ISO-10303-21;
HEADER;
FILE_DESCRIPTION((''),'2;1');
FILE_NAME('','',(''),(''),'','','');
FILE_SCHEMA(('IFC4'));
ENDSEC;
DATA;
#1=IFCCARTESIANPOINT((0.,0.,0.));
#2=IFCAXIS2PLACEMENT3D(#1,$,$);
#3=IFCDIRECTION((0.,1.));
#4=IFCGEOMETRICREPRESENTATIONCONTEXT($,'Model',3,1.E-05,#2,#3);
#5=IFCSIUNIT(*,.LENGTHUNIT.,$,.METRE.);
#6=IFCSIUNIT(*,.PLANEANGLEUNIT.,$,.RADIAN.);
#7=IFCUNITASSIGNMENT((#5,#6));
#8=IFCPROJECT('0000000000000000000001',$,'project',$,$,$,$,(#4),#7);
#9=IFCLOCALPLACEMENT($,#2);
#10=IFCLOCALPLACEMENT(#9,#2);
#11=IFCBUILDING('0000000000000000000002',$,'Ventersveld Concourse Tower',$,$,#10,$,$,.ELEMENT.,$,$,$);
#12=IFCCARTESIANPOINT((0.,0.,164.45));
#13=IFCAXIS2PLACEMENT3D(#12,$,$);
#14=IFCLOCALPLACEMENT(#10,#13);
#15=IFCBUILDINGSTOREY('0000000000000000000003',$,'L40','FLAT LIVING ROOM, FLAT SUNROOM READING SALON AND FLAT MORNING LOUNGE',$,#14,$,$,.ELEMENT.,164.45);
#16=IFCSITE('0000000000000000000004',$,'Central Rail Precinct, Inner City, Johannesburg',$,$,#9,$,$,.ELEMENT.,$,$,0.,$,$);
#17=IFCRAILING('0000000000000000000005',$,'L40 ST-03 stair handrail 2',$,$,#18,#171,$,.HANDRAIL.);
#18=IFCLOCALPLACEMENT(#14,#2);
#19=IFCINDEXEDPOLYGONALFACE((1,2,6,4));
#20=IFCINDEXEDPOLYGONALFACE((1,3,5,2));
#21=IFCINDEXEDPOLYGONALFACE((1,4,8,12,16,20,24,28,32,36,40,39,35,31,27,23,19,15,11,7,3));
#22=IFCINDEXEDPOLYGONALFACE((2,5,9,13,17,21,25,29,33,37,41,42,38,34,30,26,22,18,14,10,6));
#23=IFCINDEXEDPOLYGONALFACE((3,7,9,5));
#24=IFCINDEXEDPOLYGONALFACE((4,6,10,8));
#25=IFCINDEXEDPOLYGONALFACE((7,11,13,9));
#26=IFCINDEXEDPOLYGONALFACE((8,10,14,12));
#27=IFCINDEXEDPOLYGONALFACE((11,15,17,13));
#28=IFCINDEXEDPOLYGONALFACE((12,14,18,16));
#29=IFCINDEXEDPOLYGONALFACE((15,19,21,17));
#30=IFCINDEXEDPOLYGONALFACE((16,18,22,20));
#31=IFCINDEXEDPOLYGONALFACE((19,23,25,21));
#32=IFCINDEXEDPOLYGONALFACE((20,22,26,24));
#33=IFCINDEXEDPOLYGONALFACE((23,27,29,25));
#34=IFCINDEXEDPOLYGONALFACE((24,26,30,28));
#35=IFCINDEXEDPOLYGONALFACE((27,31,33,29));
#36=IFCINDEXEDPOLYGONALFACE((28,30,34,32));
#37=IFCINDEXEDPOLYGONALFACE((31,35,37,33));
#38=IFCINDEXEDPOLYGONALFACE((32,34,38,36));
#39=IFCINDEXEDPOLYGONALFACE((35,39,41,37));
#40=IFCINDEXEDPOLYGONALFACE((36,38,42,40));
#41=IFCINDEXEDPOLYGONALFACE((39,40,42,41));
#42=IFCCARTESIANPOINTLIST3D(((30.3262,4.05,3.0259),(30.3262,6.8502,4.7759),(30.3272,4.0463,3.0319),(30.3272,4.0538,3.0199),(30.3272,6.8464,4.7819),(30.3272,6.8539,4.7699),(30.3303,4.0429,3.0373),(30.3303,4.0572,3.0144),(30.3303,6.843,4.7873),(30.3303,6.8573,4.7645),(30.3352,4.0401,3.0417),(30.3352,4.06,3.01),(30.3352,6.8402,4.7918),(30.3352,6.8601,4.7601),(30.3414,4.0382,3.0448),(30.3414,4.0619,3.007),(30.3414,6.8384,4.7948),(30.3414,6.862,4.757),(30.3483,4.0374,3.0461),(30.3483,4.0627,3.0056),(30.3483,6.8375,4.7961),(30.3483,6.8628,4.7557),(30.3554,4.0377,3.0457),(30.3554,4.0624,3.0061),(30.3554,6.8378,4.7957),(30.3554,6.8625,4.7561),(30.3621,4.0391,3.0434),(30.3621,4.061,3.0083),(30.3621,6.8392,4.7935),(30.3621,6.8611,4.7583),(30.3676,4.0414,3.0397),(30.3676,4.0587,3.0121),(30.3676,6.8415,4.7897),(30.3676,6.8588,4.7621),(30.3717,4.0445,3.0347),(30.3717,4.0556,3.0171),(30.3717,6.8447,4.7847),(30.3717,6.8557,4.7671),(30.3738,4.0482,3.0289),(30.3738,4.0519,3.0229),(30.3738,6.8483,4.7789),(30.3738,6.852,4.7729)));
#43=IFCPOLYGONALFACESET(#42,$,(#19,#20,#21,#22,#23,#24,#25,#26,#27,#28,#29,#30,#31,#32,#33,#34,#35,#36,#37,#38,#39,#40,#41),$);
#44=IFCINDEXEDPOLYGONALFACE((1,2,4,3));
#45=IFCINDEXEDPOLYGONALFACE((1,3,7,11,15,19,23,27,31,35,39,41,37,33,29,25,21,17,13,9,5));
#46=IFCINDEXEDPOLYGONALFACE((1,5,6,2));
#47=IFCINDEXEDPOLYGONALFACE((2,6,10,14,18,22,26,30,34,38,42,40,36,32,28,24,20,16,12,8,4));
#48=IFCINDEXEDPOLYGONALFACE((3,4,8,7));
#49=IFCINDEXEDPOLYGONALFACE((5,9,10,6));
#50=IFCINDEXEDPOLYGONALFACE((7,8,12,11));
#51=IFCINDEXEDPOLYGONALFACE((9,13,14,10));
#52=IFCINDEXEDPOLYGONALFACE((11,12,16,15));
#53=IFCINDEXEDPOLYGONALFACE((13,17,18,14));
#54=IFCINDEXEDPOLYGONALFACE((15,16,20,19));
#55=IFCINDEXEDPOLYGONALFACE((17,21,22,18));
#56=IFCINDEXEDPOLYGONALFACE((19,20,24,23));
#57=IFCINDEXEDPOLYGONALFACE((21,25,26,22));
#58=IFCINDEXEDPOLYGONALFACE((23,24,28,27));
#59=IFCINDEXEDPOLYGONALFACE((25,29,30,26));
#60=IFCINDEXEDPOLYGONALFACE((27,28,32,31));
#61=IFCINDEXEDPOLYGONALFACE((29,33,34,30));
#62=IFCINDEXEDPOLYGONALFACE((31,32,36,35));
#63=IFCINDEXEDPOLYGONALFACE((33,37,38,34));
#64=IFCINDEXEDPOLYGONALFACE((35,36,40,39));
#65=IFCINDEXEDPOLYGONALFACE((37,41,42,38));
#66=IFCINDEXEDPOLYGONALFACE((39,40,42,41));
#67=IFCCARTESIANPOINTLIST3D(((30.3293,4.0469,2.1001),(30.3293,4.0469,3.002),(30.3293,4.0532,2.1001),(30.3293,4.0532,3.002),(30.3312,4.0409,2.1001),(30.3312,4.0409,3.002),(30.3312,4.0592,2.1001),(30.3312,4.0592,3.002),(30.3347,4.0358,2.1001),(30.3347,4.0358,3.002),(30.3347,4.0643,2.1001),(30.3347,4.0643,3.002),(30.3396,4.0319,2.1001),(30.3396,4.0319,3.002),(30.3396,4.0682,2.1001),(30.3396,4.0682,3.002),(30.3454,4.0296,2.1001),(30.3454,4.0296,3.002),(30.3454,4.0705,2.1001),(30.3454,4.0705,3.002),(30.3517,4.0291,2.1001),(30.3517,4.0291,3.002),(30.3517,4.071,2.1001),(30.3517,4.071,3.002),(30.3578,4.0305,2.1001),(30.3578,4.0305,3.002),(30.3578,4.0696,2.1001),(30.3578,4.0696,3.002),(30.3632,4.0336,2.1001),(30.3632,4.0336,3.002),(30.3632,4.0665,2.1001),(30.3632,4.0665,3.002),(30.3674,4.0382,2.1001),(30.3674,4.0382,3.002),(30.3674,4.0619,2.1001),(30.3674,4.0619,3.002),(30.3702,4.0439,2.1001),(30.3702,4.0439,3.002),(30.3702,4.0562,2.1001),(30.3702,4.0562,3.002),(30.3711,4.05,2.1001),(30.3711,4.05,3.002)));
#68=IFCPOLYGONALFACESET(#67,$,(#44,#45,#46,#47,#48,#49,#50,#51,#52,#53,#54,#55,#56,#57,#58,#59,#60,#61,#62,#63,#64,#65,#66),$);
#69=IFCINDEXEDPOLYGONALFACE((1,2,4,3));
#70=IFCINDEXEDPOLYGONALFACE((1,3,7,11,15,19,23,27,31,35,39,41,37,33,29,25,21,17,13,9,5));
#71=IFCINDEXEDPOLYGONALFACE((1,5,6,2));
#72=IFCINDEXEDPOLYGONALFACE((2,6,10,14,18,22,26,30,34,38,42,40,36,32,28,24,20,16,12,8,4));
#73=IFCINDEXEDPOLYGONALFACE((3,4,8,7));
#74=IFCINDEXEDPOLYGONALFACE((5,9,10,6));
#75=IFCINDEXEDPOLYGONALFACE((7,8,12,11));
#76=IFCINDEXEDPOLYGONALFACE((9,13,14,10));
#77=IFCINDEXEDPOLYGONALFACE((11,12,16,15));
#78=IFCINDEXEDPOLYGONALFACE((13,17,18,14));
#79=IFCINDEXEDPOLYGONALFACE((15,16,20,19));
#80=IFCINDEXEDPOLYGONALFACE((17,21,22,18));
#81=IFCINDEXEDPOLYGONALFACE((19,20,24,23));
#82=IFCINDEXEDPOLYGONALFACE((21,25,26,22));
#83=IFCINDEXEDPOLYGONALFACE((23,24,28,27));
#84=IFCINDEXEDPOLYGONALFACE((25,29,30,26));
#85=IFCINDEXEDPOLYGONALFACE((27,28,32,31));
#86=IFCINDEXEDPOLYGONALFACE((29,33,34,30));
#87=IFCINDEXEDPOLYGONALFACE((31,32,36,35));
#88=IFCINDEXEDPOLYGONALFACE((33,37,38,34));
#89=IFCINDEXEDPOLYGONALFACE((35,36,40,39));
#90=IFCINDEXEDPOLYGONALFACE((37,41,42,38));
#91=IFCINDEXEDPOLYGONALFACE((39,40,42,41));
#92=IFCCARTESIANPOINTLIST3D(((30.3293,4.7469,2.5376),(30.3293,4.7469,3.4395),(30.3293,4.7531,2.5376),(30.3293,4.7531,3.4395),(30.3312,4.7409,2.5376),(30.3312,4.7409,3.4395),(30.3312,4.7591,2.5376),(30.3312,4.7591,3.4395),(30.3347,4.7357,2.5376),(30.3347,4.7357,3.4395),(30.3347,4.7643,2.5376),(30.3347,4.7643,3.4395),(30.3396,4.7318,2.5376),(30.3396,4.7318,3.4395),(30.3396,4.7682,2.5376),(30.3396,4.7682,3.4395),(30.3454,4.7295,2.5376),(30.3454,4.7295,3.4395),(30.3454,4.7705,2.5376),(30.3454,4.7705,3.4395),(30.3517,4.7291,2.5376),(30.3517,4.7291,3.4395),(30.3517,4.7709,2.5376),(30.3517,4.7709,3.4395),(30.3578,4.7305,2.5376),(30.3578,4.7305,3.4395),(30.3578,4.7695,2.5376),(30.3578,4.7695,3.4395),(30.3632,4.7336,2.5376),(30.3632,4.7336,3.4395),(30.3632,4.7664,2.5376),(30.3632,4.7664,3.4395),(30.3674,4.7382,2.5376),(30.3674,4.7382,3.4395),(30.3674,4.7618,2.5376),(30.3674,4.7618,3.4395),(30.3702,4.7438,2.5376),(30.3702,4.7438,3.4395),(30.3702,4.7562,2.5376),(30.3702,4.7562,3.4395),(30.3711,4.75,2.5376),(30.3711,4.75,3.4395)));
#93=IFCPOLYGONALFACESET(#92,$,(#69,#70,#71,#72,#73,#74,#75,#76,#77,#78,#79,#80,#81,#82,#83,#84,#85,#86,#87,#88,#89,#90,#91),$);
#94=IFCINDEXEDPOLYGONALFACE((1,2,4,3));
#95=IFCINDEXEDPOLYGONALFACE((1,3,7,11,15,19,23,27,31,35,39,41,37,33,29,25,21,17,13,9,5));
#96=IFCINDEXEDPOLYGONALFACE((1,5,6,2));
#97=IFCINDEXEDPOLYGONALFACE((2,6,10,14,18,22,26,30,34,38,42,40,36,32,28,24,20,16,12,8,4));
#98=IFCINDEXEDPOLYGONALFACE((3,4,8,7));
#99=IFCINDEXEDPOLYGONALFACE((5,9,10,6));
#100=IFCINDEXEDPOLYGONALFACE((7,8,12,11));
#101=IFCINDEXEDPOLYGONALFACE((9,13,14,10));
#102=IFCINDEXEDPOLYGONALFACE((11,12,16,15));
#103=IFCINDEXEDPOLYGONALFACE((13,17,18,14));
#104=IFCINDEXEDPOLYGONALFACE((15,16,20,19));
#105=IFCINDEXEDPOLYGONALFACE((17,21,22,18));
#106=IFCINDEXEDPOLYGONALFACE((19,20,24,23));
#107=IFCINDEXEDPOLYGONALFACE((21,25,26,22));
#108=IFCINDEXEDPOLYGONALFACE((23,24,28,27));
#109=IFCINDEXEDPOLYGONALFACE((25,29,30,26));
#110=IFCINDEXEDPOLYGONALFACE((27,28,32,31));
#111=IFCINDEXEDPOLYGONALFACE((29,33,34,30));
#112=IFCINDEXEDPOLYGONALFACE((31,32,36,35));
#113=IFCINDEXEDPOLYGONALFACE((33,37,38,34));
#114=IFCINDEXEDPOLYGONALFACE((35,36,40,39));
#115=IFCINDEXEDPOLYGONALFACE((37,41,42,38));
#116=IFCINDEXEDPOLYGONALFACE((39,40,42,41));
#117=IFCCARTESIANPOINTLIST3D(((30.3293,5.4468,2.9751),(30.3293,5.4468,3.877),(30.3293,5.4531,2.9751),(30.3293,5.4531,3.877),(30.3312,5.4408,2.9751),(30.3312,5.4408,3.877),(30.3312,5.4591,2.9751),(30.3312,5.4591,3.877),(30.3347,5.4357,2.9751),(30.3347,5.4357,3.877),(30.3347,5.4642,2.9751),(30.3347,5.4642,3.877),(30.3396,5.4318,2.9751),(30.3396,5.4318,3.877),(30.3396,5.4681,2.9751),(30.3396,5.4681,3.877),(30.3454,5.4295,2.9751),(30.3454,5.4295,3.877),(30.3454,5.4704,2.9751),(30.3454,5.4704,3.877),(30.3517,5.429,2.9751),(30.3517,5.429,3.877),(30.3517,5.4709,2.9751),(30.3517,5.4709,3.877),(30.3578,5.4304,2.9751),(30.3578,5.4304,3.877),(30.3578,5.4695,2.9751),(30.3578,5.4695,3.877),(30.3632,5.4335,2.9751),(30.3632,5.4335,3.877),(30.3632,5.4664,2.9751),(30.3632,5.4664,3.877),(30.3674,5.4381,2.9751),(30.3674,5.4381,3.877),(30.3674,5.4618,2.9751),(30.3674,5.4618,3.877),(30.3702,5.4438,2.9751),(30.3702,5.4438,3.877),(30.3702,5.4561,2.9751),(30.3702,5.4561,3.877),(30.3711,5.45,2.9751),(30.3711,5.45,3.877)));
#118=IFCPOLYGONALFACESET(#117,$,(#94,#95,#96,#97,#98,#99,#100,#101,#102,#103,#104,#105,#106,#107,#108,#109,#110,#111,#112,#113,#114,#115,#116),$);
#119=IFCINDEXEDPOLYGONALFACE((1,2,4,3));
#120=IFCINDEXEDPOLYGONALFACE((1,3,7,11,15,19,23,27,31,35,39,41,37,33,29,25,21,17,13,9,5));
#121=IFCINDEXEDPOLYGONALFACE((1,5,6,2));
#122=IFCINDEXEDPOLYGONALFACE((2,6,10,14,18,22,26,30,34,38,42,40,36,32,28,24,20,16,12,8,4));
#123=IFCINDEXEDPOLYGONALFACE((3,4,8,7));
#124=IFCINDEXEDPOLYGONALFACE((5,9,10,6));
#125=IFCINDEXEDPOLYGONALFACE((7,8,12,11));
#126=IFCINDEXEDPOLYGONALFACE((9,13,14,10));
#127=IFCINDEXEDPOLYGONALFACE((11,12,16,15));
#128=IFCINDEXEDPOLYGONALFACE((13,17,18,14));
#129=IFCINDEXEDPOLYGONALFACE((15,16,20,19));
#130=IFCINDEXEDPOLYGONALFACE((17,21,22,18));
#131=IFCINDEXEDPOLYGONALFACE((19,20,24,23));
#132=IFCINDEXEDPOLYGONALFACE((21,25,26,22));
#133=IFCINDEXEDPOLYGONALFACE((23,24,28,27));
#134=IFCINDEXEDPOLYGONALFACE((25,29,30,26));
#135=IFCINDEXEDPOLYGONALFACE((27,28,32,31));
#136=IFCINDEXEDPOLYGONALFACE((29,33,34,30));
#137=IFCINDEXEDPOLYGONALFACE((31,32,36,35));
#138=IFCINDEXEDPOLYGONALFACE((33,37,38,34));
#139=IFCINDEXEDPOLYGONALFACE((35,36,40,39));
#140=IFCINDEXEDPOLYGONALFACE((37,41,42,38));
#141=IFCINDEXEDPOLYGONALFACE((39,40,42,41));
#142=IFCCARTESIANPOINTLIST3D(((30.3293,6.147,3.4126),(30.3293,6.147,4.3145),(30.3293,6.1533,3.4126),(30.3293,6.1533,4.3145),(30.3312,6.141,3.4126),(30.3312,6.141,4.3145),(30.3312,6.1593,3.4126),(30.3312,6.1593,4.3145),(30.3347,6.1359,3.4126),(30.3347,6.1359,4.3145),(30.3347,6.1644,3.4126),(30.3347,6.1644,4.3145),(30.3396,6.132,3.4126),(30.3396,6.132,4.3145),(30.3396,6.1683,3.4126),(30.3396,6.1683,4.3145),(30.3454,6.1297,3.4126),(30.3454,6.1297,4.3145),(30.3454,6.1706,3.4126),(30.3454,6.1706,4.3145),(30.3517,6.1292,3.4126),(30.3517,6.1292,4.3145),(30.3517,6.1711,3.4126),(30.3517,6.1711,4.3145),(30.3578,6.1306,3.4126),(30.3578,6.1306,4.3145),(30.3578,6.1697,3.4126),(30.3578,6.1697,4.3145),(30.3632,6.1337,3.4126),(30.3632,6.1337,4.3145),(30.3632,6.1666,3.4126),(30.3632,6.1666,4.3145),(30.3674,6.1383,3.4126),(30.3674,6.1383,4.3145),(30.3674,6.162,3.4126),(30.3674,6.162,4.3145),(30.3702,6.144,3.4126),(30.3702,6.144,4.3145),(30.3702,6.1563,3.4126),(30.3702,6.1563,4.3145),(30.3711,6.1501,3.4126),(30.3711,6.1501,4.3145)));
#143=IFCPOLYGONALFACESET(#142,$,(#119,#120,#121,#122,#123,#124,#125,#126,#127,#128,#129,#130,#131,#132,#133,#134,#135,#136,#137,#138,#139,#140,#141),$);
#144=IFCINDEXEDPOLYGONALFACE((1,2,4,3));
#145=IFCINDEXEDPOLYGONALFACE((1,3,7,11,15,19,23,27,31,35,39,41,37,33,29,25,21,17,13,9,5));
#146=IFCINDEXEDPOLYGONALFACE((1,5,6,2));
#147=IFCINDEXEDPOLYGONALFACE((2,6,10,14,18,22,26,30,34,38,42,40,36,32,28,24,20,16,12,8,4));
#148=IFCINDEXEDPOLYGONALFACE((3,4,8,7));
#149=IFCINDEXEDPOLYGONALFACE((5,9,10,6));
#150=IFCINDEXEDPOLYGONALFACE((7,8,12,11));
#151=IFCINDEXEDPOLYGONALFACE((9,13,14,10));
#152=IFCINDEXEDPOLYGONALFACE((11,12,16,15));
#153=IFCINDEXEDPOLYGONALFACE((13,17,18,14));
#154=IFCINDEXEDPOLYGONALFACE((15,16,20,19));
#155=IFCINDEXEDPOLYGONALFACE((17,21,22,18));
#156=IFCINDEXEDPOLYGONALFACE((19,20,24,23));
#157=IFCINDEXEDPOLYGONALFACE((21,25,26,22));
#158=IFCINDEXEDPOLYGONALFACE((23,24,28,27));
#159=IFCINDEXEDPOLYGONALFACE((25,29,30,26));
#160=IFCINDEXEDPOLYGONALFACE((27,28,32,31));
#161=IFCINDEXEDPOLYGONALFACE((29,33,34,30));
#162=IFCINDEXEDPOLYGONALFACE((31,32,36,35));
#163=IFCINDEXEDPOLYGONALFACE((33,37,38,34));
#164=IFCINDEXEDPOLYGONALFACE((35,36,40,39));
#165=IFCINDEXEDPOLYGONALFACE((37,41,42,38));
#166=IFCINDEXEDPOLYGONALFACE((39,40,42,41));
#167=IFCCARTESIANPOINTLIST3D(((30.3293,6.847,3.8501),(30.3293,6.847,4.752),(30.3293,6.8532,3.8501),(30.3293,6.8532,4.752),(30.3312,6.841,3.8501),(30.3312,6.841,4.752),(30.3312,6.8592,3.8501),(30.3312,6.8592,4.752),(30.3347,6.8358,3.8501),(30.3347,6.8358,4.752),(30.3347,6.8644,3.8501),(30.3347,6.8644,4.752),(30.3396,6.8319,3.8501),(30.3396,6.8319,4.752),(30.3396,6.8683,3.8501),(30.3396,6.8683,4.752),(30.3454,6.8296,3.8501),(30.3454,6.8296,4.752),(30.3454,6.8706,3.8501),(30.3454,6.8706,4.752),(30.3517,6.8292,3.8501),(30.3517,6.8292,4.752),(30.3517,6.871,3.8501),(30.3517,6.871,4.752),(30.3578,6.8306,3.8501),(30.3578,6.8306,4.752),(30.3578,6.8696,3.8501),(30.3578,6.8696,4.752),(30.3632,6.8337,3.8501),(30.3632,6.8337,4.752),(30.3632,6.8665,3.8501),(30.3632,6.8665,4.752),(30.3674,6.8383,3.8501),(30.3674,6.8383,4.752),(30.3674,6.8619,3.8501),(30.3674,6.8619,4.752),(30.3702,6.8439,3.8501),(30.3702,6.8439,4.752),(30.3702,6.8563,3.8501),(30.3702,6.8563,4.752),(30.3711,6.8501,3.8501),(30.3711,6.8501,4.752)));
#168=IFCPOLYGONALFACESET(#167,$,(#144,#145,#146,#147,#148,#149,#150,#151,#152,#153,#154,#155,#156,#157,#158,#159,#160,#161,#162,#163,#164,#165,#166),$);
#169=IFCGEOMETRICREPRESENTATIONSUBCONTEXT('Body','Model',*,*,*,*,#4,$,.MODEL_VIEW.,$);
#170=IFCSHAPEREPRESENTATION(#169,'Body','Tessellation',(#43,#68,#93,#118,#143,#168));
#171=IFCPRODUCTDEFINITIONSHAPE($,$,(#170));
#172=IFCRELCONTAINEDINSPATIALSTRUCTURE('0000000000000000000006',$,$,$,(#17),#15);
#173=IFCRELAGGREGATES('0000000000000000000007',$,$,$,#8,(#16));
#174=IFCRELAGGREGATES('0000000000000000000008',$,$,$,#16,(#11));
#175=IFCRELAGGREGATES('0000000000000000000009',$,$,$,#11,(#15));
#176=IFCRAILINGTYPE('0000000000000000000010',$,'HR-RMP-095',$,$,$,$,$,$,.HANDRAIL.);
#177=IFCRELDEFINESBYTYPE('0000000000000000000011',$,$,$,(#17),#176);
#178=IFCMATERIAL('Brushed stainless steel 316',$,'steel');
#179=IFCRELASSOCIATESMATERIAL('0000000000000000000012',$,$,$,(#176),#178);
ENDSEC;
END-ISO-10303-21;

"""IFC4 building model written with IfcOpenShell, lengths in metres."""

from ifc_helpers import new_model, si_unit, direction, frame, origin, origin_2d, place, context, subcontext, project, spatial, circle, extrude, material, type_object, element, save


model = new_model("IFC4")

# Units and contexts
model_context = context("Model", 3, precision=1e-05, world=origin(), true_north=direction((0.0, 1.0)))
body_context = subcontext(model_context, "Body", "Model", "MODEL_VIEW")
ifc_project = project(units=[si_unit("LENGTHUNIT", "METRE"), si_unit("PLANEANGLEUNIT", "RADIAN")], contexts=[model_context])

# Site, building, storey
site_placement = place(None, origin())
site = spatial("IfcSite", under=ifc_project, at=site_placement, Name="Central Rail Precinct, Inner City, Johannesburg", CompositionType="ELEMENT", RefElevation=0.0)
building_placement = place(site_placement, origin())
building = spatial("IfcBuilding", under=site, at=building_placement, Name="Ventersveld Concourse Tower", CompositionType="ELEMENT")
storey_placement = place(building_placement, frame((0.0, 0.0, 164.45)))
storey = spatial("IfcBuildingStorey", under=building, at=storey_placement, Name="L40", Description="FLAT LIVING ROOM, FLAT SUNROOM READING SALON AND FLAT MORNING LOUNGE", CompositionType="ELEMENT", Elevation=164.45)

# Shared definitions
ifc_material_1 = material(Name="Brushed stainless steel 316", Category="steel")

# Railing
railing_type_1 = type_object("IfcRailingType", Name="HR-RMP-095", PredefinedType="HANDRAIL", material=ifc_material_1)
railing_1_placement = place(storey_placement, frame((30.3501, 4.05, 2.1001)))
element("IfcRailing", 1, at=railing_1_placement, inside=storey, type_object=railing_type_1, Name="L40 ST-03 stair handrail 2", PredefinedType="HANDRAIL", context=body_context, shape_type="SweptSolid", body=[
    extrude(circle(Radius=0.0239, at=origin_2d()), frame((0.0, 0.0, 0.9258), z_axis=(0.0, 0.848002, 0.529992), x_axis=(-1.0, 0.0, 0.0)), (0.0, 0.0, 1.0), 3.302),
    extrude(circle(Radius=0.021, at=origin_2d()), origin(), (0.0, 0.0, 1.0), 0.9019),
    extrude(circle(Radius=0.021, at=origin_2d()), frame((0.0, 0.7, 0.4375)), (0.0, 0.0, 1.0), 0.9019),
    extrude(circle(Radius=0.021, at=origin_2d()), frame((0.0, 1.3999, 0.875)), (0.0, 0.0, 1.0), 0.9019),
    extrude(circle(Radius=0.021, at=origin_2d()), frame((0.0, 2.1001, 1.3125)), (0.0, 0.0, 1.0), 0.9019),
    extrude(circle(Radius=0.021, at=origin_2d()), frame((0.0, 2.8, 1.75)), (0.0, 0.0, 1.0), 0.9019),
])

save(model, "model.ifc")
